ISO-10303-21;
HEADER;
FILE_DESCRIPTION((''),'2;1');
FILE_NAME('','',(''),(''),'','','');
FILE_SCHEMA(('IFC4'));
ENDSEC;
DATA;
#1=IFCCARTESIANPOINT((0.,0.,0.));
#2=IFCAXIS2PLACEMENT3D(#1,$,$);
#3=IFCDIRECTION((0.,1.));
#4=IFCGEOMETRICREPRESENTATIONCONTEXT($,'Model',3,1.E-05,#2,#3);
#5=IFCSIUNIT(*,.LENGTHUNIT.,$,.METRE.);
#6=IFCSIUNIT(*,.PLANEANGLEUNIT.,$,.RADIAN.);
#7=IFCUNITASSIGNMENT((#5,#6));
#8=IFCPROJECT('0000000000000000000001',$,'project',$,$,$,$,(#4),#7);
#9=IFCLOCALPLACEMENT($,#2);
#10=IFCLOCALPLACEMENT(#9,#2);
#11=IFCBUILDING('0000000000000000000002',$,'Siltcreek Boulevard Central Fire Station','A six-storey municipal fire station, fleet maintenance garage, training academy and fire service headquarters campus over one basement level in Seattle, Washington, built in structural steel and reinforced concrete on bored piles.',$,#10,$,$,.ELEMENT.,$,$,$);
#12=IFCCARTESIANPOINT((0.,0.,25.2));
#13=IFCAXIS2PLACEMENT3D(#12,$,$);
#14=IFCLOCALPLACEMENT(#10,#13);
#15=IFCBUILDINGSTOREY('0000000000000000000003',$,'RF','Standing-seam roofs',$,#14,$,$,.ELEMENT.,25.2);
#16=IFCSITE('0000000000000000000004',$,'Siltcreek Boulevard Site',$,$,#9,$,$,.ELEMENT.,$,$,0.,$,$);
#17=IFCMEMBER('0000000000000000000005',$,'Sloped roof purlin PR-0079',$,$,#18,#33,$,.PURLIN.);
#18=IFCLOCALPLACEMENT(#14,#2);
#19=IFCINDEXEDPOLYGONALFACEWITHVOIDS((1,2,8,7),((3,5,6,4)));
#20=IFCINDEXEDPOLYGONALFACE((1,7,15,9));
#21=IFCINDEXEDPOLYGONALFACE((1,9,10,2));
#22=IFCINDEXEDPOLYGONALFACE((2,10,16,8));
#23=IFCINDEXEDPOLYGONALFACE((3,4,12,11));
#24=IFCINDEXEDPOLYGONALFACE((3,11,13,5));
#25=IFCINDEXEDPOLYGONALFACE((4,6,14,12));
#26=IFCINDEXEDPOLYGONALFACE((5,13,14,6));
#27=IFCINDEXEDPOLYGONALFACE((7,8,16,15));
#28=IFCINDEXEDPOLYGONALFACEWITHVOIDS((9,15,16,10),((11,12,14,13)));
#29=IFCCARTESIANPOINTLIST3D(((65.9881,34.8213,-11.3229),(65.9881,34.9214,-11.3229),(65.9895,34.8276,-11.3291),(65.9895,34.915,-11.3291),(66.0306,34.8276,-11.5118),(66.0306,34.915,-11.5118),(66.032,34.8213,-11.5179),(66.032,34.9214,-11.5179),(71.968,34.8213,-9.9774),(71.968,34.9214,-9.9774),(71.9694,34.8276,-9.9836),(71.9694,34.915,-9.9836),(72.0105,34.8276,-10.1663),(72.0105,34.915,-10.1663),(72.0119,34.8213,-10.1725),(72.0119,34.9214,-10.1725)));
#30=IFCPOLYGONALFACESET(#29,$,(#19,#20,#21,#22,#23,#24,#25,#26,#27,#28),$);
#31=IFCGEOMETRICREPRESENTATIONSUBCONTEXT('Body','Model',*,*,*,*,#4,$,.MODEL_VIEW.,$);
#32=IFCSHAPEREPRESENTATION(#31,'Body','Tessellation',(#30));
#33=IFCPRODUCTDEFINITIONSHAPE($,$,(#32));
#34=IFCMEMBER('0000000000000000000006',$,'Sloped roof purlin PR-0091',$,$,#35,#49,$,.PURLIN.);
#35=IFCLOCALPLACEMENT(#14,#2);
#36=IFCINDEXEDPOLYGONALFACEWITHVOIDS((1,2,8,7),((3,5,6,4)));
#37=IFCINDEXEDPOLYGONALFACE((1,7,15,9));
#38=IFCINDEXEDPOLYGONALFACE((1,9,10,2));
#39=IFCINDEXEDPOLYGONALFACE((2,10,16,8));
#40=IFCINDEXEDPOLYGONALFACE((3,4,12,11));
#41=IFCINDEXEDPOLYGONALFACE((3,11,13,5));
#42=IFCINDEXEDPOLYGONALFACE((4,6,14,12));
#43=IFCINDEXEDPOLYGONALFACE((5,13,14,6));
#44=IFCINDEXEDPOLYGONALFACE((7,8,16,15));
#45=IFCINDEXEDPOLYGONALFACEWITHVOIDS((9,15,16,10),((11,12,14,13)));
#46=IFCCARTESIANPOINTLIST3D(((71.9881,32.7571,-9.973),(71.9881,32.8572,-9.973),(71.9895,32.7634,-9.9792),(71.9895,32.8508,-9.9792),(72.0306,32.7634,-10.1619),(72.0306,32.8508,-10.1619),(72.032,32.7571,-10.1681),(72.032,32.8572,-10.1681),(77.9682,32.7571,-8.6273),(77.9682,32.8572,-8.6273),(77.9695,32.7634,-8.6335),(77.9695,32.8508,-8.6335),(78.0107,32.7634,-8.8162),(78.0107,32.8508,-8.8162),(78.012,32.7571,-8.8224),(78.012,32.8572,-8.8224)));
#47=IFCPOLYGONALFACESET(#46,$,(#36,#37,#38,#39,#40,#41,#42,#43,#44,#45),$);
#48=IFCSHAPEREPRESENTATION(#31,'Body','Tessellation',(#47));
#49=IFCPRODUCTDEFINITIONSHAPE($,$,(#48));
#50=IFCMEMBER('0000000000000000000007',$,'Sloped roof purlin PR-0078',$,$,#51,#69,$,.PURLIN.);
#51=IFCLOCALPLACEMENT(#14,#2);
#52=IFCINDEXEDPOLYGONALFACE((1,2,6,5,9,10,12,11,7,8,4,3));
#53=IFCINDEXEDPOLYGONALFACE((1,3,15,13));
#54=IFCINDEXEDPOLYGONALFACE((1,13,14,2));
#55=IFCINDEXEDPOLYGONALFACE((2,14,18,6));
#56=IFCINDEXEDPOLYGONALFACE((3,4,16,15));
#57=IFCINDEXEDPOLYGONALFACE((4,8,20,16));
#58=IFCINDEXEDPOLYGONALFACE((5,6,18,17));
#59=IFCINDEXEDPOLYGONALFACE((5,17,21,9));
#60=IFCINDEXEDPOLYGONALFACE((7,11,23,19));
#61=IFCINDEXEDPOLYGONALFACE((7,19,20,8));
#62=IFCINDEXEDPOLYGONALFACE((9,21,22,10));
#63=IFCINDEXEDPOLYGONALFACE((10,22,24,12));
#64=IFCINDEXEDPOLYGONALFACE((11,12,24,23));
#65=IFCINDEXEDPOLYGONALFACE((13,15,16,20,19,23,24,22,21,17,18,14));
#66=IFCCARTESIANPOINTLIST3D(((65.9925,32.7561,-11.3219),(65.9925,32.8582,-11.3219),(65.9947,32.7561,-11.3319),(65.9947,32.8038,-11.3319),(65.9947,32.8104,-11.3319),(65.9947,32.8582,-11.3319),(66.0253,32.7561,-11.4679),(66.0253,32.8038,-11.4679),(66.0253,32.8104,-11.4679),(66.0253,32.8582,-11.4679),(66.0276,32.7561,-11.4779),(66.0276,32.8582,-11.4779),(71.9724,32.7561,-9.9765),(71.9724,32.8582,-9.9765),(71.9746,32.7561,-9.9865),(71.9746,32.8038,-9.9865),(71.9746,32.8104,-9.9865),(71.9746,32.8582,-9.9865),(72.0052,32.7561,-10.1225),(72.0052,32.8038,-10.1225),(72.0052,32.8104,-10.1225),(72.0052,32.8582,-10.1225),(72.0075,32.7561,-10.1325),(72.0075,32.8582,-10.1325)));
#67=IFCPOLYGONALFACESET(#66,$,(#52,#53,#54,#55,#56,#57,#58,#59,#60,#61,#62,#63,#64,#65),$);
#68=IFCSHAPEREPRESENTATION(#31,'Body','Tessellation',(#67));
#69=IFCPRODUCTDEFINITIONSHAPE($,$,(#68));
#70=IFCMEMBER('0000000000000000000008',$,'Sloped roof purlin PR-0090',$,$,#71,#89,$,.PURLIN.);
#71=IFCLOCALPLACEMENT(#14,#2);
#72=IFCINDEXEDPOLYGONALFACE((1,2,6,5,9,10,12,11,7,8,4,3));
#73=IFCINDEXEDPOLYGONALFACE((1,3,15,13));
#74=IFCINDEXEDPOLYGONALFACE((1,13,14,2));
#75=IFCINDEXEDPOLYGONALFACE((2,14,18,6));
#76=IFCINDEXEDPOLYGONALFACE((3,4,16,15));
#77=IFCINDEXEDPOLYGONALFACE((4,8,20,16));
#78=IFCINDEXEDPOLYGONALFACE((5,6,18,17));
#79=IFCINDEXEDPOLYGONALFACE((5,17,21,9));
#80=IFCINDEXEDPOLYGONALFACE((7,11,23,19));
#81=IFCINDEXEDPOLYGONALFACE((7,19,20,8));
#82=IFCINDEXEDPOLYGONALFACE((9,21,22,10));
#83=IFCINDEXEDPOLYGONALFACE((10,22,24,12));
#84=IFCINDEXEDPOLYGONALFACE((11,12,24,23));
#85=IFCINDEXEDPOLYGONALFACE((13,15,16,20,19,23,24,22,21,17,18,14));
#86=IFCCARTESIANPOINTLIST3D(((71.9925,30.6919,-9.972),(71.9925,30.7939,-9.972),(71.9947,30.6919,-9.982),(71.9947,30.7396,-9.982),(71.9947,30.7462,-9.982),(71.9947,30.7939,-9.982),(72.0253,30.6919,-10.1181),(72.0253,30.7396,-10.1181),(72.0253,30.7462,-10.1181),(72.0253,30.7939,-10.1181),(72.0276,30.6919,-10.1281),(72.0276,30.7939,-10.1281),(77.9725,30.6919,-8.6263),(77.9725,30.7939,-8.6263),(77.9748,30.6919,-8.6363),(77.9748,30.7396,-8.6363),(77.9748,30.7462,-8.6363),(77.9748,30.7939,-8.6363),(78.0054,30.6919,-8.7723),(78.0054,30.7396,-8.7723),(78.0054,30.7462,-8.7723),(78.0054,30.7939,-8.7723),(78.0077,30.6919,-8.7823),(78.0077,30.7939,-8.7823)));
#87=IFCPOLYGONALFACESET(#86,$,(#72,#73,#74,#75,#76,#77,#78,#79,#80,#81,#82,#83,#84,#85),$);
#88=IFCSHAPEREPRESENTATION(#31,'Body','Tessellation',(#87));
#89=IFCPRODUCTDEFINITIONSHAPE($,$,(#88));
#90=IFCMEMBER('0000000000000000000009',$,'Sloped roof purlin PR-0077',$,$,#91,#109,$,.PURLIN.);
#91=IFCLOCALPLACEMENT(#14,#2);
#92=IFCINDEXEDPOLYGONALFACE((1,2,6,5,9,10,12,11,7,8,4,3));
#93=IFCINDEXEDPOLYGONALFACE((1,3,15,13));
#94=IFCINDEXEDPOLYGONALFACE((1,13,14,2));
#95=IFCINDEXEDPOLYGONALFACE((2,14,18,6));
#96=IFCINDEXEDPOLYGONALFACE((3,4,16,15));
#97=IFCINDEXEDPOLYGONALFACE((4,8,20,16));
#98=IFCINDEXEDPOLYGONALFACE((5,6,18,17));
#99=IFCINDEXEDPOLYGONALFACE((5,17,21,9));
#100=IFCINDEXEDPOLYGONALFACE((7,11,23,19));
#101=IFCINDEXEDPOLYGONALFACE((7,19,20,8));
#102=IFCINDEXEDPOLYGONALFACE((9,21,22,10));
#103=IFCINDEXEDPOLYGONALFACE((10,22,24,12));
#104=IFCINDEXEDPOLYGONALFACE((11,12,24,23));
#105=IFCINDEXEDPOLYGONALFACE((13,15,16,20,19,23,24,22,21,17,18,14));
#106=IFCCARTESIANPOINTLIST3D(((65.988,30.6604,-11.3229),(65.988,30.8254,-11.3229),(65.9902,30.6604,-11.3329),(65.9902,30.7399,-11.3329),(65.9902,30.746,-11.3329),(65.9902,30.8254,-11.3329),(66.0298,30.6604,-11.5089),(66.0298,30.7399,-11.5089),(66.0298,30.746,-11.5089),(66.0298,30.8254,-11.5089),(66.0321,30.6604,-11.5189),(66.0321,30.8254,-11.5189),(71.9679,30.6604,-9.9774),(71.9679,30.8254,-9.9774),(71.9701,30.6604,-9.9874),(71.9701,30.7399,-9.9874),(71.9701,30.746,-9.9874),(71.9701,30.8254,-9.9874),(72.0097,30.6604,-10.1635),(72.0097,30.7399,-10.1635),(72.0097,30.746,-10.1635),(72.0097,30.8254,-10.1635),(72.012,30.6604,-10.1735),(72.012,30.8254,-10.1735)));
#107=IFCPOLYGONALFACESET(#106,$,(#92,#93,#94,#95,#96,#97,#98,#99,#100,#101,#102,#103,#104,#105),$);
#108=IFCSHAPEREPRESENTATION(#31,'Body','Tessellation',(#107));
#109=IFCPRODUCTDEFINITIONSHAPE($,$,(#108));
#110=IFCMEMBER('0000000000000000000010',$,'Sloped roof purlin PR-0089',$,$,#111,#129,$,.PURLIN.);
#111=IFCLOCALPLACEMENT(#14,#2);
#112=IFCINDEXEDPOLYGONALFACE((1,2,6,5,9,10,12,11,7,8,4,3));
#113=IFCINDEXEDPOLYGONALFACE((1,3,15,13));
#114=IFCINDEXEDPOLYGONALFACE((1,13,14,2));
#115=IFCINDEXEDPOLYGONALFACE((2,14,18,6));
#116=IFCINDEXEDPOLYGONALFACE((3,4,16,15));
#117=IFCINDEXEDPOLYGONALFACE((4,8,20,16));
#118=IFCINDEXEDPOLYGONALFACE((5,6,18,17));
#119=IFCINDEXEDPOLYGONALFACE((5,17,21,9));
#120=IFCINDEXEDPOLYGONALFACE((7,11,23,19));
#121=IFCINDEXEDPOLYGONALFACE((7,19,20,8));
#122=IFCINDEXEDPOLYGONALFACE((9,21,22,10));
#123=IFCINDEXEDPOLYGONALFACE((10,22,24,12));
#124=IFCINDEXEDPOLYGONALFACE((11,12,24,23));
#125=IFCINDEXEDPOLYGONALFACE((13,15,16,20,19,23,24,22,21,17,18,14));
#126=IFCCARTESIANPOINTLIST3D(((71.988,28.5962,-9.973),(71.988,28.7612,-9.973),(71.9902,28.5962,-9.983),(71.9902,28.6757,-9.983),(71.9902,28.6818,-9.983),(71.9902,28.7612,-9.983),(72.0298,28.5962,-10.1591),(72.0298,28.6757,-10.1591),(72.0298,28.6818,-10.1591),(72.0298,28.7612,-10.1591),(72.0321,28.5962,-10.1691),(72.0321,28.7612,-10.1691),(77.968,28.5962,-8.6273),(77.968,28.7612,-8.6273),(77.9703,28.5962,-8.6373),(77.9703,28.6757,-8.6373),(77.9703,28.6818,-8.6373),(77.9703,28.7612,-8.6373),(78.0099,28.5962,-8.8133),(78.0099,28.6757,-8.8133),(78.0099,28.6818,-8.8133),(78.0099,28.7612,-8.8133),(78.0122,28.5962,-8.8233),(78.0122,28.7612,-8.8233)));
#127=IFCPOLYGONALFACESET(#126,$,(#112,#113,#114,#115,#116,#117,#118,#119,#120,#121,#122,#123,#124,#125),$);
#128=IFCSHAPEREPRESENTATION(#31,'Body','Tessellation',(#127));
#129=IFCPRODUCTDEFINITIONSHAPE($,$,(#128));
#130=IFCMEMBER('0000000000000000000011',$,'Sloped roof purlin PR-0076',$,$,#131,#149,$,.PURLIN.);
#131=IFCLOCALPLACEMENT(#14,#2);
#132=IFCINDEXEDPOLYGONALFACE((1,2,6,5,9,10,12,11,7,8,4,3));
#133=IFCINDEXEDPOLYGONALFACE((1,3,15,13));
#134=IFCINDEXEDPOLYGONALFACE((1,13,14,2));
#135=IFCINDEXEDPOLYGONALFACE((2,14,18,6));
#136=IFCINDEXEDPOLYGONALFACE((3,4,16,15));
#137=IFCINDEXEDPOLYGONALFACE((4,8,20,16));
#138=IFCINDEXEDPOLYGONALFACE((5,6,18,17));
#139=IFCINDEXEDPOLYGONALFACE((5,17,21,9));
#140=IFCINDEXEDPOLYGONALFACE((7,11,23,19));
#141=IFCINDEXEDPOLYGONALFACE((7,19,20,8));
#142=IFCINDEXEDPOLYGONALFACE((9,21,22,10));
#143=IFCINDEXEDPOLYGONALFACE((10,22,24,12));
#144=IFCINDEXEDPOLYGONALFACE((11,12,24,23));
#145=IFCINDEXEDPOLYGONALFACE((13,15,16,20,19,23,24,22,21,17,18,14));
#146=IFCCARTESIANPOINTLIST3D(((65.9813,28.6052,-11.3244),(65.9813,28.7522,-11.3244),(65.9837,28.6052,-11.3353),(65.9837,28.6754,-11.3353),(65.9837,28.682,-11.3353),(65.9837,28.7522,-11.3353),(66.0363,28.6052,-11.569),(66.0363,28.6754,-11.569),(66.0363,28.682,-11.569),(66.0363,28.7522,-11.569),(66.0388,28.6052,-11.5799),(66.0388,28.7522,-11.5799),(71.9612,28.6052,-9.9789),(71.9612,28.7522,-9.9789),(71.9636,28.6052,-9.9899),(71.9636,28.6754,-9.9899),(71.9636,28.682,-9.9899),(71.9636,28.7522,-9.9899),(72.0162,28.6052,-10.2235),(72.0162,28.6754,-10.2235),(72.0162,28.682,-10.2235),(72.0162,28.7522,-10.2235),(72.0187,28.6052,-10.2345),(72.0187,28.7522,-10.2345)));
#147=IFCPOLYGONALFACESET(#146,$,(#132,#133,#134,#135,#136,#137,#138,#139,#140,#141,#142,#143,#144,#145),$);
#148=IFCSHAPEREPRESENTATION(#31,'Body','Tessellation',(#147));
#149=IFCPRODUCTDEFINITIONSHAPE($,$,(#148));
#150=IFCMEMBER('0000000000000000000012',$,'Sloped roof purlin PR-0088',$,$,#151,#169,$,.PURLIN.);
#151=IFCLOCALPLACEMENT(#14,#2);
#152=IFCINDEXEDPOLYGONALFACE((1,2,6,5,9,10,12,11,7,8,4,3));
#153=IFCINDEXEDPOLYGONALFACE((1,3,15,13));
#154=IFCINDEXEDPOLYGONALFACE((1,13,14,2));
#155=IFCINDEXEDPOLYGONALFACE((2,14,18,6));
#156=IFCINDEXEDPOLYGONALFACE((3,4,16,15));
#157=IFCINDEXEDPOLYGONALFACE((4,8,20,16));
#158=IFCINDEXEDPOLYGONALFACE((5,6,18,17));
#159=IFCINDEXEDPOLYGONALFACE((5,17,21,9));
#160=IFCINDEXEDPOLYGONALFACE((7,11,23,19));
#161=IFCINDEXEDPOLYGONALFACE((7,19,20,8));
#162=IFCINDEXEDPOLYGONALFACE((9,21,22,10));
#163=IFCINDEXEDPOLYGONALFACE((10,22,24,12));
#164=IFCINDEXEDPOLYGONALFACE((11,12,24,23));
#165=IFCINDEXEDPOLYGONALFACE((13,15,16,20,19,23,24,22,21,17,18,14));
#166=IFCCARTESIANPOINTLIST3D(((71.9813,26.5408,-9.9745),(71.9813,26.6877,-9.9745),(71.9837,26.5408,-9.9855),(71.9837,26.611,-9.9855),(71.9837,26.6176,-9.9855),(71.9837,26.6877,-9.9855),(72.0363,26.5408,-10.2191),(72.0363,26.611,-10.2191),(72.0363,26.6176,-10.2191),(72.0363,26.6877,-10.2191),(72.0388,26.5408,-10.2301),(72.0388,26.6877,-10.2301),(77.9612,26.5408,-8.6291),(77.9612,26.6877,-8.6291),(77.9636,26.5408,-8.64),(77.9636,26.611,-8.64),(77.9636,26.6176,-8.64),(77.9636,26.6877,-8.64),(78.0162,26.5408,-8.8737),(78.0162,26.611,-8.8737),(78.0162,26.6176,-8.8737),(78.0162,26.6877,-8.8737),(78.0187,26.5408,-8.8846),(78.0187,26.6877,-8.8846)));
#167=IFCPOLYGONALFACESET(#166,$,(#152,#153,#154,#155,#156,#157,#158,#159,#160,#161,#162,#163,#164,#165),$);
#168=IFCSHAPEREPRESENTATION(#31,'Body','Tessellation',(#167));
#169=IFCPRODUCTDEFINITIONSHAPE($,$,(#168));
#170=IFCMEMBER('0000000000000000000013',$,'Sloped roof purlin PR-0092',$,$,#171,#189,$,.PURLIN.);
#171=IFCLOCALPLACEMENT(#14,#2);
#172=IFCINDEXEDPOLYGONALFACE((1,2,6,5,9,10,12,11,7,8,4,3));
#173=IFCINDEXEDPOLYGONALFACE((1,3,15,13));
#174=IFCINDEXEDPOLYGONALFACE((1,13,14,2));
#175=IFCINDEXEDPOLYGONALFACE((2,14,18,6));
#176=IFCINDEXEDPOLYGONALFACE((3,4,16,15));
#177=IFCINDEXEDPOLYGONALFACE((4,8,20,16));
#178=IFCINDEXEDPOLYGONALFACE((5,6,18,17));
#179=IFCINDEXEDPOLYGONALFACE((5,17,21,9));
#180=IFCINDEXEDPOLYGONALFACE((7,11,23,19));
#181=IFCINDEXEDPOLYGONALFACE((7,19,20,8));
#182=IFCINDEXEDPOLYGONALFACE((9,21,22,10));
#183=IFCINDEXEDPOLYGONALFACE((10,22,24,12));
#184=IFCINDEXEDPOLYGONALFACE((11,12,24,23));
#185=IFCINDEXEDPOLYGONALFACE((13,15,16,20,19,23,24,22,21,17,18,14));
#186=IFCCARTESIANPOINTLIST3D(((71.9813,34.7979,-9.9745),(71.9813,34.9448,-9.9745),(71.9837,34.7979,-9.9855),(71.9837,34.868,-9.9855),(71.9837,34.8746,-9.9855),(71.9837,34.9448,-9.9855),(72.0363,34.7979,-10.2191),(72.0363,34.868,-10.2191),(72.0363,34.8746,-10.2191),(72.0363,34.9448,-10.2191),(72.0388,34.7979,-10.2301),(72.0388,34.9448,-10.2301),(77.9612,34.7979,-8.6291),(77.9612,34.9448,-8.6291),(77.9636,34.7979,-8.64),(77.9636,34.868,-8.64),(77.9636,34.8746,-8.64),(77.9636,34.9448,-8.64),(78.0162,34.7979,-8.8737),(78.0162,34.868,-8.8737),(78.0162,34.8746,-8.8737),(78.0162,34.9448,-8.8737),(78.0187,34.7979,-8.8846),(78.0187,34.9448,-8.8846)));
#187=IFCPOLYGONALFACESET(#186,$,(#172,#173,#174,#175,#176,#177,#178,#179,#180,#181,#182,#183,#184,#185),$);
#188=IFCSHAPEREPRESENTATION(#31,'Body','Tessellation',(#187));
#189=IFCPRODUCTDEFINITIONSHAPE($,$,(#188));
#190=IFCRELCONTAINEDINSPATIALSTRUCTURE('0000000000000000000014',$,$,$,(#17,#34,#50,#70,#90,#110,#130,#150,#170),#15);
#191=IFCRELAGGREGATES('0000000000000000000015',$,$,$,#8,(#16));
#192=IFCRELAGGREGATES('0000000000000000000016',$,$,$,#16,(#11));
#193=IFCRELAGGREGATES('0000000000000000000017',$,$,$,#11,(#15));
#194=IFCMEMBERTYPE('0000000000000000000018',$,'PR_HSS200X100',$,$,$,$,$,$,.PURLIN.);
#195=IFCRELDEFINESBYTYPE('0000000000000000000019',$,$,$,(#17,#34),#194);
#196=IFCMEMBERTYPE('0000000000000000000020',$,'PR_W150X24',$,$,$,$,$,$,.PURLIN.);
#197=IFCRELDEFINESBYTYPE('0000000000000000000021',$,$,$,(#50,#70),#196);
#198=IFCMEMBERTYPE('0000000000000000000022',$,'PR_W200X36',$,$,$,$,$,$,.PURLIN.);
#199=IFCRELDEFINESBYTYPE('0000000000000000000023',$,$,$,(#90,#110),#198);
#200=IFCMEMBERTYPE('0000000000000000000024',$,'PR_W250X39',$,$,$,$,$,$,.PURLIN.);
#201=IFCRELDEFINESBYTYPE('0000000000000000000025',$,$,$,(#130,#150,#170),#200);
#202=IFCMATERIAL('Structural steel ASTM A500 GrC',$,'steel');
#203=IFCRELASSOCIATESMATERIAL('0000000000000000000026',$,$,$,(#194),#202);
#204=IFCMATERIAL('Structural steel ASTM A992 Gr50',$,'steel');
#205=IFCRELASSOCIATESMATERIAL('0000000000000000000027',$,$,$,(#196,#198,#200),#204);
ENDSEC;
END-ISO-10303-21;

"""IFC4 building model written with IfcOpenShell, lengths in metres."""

from ifc_helpers import new_model, si_unit, direction, frame, origin, origin_2d, place, context, subcontext, project, spatial, hollow_rectangle, i_section, extrude, material, material_profile, profile_set, type_object, element, save


model = new_model("IFC4")

# Units and contexts
model_context = context("Model", 3, precision=1e-05, world=origin(), true_north=direction((0.0, 1.0)))
body_context = subcontext(model_context, "Body", "Model", "MODEL_VIEW")
ifc_project = project(units=[si_unit("LENGTHUNIT", "METRE"), si_unit("PLANEANGLEUNIT", "RADIAN")], contexts=[model_context])

# Site, building, storey
site_placement = place(None, origin())
site = spatial("IfcSite", under=ifc_project, at=site_placement, Name="Siltcreek Boulevard Site", CompositionType="ELEMENT", RefElevation=0.0)
building_placement = place(site_placement, origin())
building = spatial("IfcBuilding", under=site, at=building_placement, Name="Siltcreek Boulevard Central Fire Station", Description="A six-storey municipal fire station, fleet maintenance garage, training academy and fire service headquarters campus over one basement level in Seattle, Washington, built in structural steel and reinforced concrete on bored piles.", CompositionType="ELEMENT")
storey_placement = place(building_placement, frame((0.0, 0.0, 25.2)))
storey = spatial("IfcBuildingStorey", under=building, at=storey_placement, Name="RF", Description="Standing-seam roofs", CompositionType="ELEMENT", Elevation=25.2)

# Shared definitions
ifc_material_1 = material(Name="Structural steel ASTM A992 Gr50", Category="steel")

# Members
ifc_material_2 = material(Name="Structural steel ASTM A500 GrC", Category="steel")
ifc_material_profile_1 = material_profile(ifc_material_2, hollow_rectangle(XDim=0.1001, YDim=0.2, WallThickness=0.0063, at=origin_2d()), Name="HSS200X100X6.4")
ifc_profile_set_1 = profile_set([ifc_material_profile_1], Name="Structural steel ASTM A500 GrC")
member_type_1 = type_object("IfcMemberType", Name="PR_HSS200X100", PredefinedType="PURLIN", material=ifc_profile_set_1)
member_1_placement = place(storey_placement, frame((66.01, 34.8713, -11.4204), z_axis=(0.975611, 0.0, 0.219507), x_axis=(0.0, 1.0, 0.0)))
element("IfcMember", 1, at=member_1_placement, inside=storey, type_object=member_type_1, Name="Sloped roof purlin PR-0079", PredefinedType="PURLIN", context=body_context, shape_type="SweptSolid", body=[
    extrude(hollow_rectangle(XDim=0.1001, YDim=0.2, WallThickness=0.0063, at=origin_2d()), origin(), (0.0, 0.0, 1.0), 6.1294),
])
member_2_placement = place(storey_placement, frame((72.01, 32.8071, -10.0706), z_axis=(0.975603, 0.0, 0.219544), x_axis=(0.0, 1.0, 0.0)))
element("IfcMember", 2, at=member_2_placement, inside=storey, type_object=member_type_1, Name="Sloped roof purlin PR-0091", PredefinedType="PURLIN", context=body_context, shape_type="SweptSolid", body=[
    extrude(hollow_rectangle(XDim=0.1001, YDim=0.2, WallThickness=0.0063, at=origin_2d()), origin(), (0.0, 0.0, 1.0), 6.1296),
])
ifc_material_profile_2 = material_profile(ifc_material_1, i_section(OverallWidth=0.1021, OverallDepth=0.1599, WebThickness=0.0066, FlangeThickness=0.0103, at=origin_2d()), Name="W150X24")
ifc_profile_set_2 = profile_set([ifc_material_profile_2], Name="Structural steel ASTM A992 Gr50")
member_type_2 = type_object("IfcMemberType", Name="PR_W150X24", PredefinedType="PURLIN", material=ifc_profile_set_2)
member_3_placement = place(storey_placement, frame((66.01, 32.8071, -11.3999), z_axis=(0.975611, 0.0, 0.219507), x_axis=(0.0, 1.0, 0.0)))
element("IfcMember", 3, at=member_3_placement, inside=storey, type_object=member_type_2, Name="Sloped roof purlin PR-0078", PredefinedType="PURLIN", context=body_context, shape_type="SweptSolid", body=[
    extrude(i_section(OverallWidth=0.1021, OverallDepth=0.1599, WebThickness=0.0066, FlangeThickness=0.0103, at=origin_2d()), origin(), (0.0, 0.0, 1.0), 6.1294),
])
member_4_placement = place(storey_placement, frame((72.01, 30.7429, -10.05), z_axis=(0.975603, 0.0, 0.219544), x_axis=(0.0, 1.0, 0.0)))
element("IfcMember", 4, at=member_4_placement, inside=storey, type_object=member_type_2, Name="Sloped roof purlin PR-0090", PredefinedType="PURLIN", context=body_context, shape_type="SweptSolid", body=[
    extrude(i_section(OverallWidth=0.1021, OverallDepth=0.1599, WebThickness=0.0066, FlangeThickness=0.0103, at=origin_2d()), origin(), (0.0, 0.0, 1.0), 6.1296),
])
ifc_material_profile_3 = material_profile(ifc_material_1, i_section(OverallWidth=0.165, OverallDepth=0.2009, WebThickness=0.0061, FlangeThickness=0.0103, at=origin_2d()), Name="W200X36")
ifc_profile_set_3 = profile_set([ifc_material_profile_3], Name="Structural steel ASTM A992 Gr50")
member_type_3 = type_object("IfcMemberType", Name="PR_W200X36", PredefinedType="PURLIN", material=ifc_profile_set_3)
member_5_placement = place(storey_placement, frame((66.01, 30.7429, -11.4209), z_axis=(0.975611, 0.0, 0.219507), x_axis=(0.0, 1.0, 0.0)))
element("IfcMember", 5, at=member_5_placement, inside=storey, type_object=member_type_3, Name="Sloped roof purlin PR-0077", PredefinedType="PURLIN", context=body_context, shape_type="SweptSolid", body=[
    extrude(i_section(OverallWidth=0.165, OverallDepth=0.2009, WebThickness=0.0061, FlangeThickness=0.0103, at=origin_2d()), origin(), (0.0, 0.0, 1.0), 6.1294),
])
member_6_placement = place(storey_placement, frame((72.01, 28.6787, -10.071), z_axis=(0.975603, 0.0, 0.219544), x_axis=(0.0, 1.0, 0.0)))
element("IfcMember", 6, at=member_6_placement, inside=storey, type_object=member_type_3, Name="Sloped roof purlin PR-0089", PredefinedType="PURLIN", context=body_context, shape_type="SweptSolid", body=[
    extrude(i_section(OverallWidth=0.165, OverallDepth=0.2009, WebThickness=0.0061, FlangeThickness=0.0103, at=origin_2d()), origin(), (0.0, 0.0, 1.0), 6.1296),
])
ifc_material_profile_4 = material_profile(ifc_material_1, i_section(OverallWidth=0.147, OverallDepth=0.262, WebThickness=0.0066, FlangeThickness=0.0112, at=origin_2d()), Name="W250X39")
ifc_profile_set_4 = profile_set([ifc_material_profile_4], Name="Structural steel ASTM A992 Gr50")
member_type_4 = type_object("IfcMemberType", Name="PR_W250X39", PredefinedType="PURLIN", material=ifc_profile_set_4)
for number, where, z_axis, x_axis, name in (
    (7, (66.01, 28.6787, -11.4521), (0.975611, 0.0, 0.219507), (0.0, 1.0, 0.0), "Sloped roof purlin PR-0076"),
    (8, (72.01, 26.6143, -10.1023), (0.975611, 0.0, 0.219507), (0.0, 1.0, 0.0), "Sloped roof purlin PR-0088"),
    (9, (72.01, 34.8713, -10.1023), (0.975611, 0.0, 0.219507), (0.0, 1.0, 0.0), "Sloped roof purlin PR-0092"),
):
    element("IfcMember", number, at=place(storey_placement, frame(where, z_axis=z_axis, x_axis=x_axis)), inside=storey, type_object=member_type_4, Name=name, PredefinedType="PURLIN", context=body_context, shape_type="SweptSolid", body=[
        extrude(i_section(OverallWidth=0.147, OverallDepth=0.262, WebThickness=0.0066, FlangeThickness=0.0112, at=origin_2d()), origin(), (0.0, 0.0, 1.0), 6.1294),
    ])

save(model, "model.ifc")
